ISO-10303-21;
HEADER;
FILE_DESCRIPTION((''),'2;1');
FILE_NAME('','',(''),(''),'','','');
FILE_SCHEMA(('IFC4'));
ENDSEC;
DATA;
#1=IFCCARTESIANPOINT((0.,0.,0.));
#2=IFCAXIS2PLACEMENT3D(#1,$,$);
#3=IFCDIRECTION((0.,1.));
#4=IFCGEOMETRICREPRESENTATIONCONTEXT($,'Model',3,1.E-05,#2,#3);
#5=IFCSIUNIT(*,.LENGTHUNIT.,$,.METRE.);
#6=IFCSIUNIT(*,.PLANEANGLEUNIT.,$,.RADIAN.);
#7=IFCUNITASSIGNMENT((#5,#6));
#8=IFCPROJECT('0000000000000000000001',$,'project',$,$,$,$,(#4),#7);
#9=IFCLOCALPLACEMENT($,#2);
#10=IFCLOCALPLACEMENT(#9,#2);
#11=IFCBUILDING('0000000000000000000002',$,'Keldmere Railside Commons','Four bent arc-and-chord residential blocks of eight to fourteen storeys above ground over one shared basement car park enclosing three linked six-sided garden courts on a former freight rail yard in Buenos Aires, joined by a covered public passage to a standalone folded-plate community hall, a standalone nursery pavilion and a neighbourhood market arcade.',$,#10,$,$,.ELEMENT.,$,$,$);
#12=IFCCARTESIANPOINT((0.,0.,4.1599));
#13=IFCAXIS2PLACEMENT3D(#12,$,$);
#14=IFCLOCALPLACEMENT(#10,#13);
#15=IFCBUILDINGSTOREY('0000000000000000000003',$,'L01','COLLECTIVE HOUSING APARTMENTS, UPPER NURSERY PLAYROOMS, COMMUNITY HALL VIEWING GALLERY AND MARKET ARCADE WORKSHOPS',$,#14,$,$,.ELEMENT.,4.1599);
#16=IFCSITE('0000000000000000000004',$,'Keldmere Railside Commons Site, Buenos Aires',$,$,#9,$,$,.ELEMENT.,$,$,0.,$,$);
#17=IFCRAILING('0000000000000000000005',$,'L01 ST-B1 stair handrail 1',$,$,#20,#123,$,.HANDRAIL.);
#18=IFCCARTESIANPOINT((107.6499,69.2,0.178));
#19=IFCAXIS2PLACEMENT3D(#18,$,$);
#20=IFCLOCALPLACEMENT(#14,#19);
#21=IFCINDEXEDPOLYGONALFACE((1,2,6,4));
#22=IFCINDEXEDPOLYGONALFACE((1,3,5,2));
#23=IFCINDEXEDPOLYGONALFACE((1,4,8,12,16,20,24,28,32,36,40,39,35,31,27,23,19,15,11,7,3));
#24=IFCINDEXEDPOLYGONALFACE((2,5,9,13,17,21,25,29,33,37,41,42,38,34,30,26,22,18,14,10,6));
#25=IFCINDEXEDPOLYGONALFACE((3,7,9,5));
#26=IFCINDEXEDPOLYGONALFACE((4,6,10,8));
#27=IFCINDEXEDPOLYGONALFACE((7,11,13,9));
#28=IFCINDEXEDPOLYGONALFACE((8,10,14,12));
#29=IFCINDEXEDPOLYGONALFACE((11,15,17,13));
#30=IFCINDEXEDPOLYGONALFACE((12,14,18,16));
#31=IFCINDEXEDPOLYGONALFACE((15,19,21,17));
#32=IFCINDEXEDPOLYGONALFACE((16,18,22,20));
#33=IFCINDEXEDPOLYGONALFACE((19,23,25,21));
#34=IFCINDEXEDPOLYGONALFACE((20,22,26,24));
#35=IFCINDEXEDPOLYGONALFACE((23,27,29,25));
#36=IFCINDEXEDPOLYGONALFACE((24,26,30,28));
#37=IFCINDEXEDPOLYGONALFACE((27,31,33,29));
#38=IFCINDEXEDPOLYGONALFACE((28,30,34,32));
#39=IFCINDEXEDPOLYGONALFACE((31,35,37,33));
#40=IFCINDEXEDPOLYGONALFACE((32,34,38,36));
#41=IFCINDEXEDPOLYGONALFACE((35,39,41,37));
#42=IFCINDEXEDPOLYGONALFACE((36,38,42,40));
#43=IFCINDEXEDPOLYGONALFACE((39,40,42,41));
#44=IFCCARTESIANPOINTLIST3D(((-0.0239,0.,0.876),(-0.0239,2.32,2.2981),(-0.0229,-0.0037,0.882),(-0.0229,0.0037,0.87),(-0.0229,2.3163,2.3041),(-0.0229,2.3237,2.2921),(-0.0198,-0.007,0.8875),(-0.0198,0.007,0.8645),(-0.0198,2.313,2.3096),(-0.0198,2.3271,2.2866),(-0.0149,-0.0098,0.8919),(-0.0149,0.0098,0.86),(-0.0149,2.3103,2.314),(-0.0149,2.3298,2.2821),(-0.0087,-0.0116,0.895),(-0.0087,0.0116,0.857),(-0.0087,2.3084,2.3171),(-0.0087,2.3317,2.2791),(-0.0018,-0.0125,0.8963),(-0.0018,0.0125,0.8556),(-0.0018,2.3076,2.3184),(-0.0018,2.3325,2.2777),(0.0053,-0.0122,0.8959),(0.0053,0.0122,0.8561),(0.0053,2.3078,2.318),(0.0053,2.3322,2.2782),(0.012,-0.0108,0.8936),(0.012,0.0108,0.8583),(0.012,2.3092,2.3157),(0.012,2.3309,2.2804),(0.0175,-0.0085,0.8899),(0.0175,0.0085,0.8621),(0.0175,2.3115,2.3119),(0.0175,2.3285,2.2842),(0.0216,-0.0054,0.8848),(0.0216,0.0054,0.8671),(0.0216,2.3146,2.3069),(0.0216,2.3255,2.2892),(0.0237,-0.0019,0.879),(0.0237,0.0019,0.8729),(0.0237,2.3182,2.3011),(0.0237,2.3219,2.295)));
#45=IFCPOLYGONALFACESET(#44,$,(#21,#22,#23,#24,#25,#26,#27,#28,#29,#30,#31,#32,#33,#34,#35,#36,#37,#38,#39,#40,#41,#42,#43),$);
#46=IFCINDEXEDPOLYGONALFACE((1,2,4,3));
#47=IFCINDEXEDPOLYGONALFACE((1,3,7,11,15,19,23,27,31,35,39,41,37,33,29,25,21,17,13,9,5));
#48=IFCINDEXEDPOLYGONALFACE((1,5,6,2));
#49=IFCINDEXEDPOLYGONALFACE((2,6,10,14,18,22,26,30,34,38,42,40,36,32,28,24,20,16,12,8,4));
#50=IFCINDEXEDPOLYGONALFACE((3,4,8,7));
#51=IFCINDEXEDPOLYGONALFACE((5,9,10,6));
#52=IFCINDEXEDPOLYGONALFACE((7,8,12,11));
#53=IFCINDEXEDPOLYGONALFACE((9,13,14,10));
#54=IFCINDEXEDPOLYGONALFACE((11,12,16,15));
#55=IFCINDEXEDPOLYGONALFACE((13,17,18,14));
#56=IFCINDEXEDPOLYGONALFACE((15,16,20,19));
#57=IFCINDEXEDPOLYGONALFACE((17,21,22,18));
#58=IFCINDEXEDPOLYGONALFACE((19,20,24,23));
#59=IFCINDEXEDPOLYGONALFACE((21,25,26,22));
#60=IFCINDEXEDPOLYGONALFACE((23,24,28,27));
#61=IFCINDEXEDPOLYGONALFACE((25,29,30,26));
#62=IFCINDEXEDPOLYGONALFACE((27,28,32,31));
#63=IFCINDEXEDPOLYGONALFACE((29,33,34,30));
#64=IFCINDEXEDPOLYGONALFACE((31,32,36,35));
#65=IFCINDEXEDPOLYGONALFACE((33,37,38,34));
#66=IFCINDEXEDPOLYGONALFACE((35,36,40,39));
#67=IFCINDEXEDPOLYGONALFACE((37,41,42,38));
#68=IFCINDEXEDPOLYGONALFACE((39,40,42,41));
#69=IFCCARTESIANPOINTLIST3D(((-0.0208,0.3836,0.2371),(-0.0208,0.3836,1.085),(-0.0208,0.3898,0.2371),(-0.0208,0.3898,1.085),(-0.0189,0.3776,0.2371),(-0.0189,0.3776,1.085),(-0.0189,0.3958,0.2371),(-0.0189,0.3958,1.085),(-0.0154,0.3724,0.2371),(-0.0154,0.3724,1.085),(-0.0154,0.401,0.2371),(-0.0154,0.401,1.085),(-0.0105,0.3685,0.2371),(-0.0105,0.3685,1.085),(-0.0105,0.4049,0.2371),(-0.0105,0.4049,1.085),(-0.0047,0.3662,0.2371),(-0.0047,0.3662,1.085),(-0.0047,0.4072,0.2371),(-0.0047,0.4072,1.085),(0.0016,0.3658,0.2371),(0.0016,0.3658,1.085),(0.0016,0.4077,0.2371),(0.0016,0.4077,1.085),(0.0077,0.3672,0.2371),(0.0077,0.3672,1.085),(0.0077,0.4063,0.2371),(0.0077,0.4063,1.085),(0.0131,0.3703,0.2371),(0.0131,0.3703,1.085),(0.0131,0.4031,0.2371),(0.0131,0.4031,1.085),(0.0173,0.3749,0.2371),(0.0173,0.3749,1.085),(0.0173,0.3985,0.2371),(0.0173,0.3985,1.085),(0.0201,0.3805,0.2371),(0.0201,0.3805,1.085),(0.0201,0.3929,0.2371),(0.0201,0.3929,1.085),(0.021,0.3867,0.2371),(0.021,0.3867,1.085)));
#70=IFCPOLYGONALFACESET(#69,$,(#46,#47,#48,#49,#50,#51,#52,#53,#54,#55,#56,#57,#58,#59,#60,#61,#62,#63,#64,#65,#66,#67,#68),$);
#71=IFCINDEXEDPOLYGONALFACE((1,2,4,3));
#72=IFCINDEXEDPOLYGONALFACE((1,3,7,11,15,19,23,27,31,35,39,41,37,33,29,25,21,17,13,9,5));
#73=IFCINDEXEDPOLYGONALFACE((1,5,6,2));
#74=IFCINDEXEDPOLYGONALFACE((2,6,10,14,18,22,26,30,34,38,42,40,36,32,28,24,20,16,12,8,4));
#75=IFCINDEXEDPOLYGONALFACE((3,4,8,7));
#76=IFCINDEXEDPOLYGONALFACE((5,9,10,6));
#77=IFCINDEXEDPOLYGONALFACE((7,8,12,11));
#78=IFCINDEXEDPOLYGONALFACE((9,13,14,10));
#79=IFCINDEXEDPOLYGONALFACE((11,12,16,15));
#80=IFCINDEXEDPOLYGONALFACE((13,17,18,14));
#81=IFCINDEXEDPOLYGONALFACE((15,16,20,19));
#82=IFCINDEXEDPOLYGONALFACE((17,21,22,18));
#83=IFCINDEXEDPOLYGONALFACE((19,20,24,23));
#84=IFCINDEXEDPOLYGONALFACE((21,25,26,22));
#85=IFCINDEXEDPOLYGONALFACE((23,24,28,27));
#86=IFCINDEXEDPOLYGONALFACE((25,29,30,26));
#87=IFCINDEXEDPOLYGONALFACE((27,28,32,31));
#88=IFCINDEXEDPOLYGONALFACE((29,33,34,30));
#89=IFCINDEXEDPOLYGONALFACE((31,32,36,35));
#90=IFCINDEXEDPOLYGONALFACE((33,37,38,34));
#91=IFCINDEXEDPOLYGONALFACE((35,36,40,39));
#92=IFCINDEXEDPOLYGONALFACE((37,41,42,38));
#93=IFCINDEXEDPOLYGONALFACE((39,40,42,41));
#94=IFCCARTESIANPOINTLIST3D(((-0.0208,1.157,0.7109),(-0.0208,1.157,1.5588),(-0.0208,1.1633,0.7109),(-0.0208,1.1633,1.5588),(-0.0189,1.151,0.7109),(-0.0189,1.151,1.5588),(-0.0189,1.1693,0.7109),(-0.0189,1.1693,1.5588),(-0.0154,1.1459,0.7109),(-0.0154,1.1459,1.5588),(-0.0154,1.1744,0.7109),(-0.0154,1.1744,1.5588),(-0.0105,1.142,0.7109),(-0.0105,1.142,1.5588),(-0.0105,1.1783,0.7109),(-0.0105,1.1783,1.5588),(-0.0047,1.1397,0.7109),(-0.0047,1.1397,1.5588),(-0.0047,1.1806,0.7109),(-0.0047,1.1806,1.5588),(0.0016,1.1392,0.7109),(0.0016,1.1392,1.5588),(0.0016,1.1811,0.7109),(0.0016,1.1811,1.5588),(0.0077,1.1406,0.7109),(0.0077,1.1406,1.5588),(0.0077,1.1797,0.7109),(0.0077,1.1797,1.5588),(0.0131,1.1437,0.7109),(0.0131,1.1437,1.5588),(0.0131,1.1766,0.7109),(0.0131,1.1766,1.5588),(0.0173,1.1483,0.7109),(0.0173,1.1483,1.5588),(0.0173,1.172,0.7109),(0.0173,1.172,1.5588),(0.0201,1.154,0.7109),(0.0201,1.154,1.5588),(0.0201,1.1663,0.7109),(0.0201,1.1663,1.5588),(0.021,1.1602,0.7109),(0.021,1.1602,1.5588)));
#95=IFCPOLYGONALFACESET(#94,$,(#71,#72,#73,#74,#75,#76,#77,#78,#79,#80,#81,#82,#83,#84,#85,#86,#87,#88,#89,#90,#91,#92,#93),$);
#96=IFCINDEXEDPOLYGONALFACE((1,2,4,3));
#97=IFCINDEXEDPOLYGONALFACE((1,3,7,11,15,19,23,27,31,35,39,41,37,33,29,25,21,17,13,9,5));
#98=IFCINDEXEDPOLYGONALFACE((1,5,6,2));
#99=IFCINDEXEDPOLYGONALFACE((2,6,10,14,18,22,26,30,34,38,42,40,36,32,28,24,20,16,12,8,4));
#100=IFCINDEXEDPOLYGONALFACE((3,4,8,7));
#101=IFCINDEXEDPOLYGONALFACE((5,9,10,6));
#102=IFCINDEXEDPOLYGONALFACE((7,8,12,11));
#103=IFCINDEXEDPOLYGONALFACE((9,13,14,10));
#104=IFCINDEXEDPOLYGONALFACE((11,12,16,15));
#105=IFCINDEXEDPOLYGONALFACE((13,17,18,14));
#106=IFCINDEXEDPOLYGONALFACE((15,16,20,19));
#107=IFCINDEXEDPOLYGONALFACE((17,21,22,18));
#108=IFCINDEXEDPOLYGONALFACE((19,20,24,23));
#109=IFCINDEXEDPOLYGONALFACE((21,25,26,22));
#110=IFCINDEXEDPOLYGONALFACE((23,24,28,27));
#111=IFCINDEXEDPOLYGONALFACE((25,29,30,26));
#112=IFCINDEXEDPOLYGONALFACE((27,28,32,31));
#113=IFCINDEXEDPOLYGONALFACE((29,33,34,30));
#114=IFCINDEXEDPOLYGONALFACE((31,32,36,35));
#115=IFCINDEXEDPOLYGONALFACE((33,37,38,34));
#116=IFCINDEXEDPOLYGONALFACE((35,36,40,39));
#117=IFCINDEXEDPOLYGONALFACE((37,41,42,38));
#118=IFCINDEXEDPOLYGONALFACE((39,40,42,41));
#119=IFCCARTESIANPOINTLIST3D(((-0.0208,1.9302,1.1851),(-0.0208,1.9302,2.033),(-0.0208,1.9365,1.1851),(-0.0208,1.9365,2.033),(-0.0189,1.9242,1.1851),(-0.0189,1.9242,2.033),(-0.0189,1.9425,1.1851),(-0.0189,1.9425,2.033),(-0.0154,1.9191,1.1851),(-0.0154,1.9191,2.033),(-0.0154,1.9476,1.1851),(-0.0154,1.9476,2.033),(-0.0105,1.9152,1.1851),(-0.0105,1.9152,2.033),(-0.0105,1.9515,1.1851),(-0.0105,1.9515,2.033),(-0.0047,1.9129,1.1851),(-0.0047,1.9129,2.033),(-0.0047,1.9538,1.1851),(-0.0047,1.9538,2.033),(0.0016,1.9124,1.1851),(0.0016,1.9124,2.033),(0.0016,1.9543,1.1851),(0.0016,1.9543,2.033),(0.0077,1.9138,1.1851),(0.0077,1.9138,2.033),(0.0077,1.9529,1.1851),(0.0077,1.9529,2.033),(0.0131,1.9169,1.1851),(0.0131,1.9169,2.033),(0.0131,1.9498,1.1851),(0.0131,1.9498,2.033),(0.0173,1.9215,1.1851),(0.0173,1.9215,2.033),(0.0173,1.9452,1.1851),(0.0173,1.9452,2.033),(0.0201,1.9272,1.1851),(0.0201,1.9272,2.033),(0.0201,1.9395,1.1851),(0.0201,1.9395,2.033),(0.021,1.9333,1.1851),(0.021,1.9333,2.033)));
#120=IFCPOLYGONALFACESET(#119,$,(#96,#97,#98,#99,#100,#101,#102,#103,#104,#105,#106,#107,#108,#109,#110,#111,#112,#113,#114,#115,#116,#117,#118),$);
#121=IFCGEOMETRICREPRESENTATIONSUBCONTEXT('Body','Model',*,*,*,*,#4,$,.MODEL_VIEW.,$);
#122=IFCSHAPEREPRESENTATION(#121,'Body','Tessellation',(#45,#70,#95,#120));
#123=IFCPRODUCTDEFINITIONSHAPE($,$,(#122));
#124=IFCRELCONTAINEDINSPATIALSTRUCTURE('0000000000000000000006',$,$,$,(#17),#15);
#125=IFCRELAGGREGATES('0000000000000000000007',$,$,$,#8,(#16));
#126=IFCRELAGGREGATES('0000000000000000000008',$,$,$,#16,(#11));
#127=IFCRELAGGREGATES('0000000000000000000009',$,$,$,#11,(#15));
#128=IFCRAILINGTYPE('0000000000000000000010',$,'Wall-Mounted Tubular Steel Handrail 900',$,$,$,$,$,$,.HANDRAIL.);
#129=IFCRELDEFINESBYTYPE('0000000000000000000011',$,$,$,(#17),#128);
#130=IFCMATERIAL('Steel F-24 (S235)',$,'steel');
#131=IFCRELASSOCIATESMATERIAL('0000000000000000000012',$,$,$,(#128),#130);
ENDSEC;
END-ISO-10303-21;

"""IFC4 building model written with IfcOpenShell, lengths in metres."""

from ifc_helpers import new_model, si_unit, direction, frame, origin, origin_2d, place, context, subcontext, project, spatial, circle, extrude, material, type_object, element, save


model = new_model("IFC4")

# Units and contexts
model_context = context("Model", 3, precision=1e-05, world=origin(), true_north=direction((0.0, 1.0)))
body_context = subcontext(model_context, "Body", "Model", "MODEL_VIEW")
ifc_project = project(units=[si_unit("LENGTHUNIT", "METRE"), si_unit("PLANEANGLEUNIT", "RADIAN")], contexts=[model_context])

# Site, building, storey
site_placement = place(None, origin())
site = spatial("IfcSite", under=ifc_project, at=site_placement, Name="Keldmere Railside Commons Site, Buenos Aires", CompositionType="ELEMENT", RefElevation=0.0)
building_placement = place(site_placement, origin())
building = spatial("IfcBuilding", under=site, at=building_placement, Name="Keldmere Railside Commons", Description="Four bent arc-and-chord residential blocks of eight to fourteen storeys above ground over one shared basement car park enclosing three linked six-sided garden courts on a former freight rail yard in Buenos Aires, joined by a covered public passage to a standalone folded-plate community hall, a standalone nursery pavilion and a neighbourhood market arcade.", CompositionType="ELEMENT")
storey_placement = place(building_placement, frame((0.0, 0.0, 4.1599)))
storey = spatial("IfcBuildingStorey", under=building, at=storey_placement, Name="L01", Description="COLLECTIVE HOUSING APARTMENTS, UPPER NURSERY PLAYROOMS, COMMUNITY HALL VIEWING GALLERY AND MARKET ARCADE WORKSHOPS", CompositionType="ELEMENT", Elevation=4.1599)

# Railing
ifc_material_1 = material(Name="Steel F-24 (S235)", Category="steel")
railing_type_1 = type_object("IfcRailingType", Name="Wall-Mounted Tubular Steel Handrail 900", PredefinedType="HANDRAIL", material=ifc_material_1)
railing_1_placement = place(storey_placement, frame((107.6499, 69.2, 0.178)))
element("IfcRailing", 1, at=railing_1_placement, inside=storey, type_object=railing_type_1, Name="L01 ST-B1 stair handrail 1", PredefinedType="HANDRAIL", context=body_context, shape_type="SweptSolid", body=[
    extrude(circle(Radius=0.0239, at=origin_2d()), frame((0.0, 0.0, 0.876), z_axis=(0.0, 0.852578, 0.5226), x_axis=(-1.0, 0.0, 0.0)), (0.0, 0.0, 1.0), 2.7212),
    extrude(circle(Radius=0.021, at=origin_2d()), frame((0.0, 0.3867, 0.2371)), (0.0, 0.0, 1.0), 0.8479),
    extrude(circle(Radius=0.021, at=origin_2d()), frame((0.0, 1.1602, 0.7109)), (0.0, 0.0, 1.0), 0.8479),
    extrude(circle(Radius=0.021, at=origin_2d()), frame((0.0, 1.9333, 1.1851)), (0.0, 0.0, 1.0), 0.8479),
])

save(model, "model.ifc")
